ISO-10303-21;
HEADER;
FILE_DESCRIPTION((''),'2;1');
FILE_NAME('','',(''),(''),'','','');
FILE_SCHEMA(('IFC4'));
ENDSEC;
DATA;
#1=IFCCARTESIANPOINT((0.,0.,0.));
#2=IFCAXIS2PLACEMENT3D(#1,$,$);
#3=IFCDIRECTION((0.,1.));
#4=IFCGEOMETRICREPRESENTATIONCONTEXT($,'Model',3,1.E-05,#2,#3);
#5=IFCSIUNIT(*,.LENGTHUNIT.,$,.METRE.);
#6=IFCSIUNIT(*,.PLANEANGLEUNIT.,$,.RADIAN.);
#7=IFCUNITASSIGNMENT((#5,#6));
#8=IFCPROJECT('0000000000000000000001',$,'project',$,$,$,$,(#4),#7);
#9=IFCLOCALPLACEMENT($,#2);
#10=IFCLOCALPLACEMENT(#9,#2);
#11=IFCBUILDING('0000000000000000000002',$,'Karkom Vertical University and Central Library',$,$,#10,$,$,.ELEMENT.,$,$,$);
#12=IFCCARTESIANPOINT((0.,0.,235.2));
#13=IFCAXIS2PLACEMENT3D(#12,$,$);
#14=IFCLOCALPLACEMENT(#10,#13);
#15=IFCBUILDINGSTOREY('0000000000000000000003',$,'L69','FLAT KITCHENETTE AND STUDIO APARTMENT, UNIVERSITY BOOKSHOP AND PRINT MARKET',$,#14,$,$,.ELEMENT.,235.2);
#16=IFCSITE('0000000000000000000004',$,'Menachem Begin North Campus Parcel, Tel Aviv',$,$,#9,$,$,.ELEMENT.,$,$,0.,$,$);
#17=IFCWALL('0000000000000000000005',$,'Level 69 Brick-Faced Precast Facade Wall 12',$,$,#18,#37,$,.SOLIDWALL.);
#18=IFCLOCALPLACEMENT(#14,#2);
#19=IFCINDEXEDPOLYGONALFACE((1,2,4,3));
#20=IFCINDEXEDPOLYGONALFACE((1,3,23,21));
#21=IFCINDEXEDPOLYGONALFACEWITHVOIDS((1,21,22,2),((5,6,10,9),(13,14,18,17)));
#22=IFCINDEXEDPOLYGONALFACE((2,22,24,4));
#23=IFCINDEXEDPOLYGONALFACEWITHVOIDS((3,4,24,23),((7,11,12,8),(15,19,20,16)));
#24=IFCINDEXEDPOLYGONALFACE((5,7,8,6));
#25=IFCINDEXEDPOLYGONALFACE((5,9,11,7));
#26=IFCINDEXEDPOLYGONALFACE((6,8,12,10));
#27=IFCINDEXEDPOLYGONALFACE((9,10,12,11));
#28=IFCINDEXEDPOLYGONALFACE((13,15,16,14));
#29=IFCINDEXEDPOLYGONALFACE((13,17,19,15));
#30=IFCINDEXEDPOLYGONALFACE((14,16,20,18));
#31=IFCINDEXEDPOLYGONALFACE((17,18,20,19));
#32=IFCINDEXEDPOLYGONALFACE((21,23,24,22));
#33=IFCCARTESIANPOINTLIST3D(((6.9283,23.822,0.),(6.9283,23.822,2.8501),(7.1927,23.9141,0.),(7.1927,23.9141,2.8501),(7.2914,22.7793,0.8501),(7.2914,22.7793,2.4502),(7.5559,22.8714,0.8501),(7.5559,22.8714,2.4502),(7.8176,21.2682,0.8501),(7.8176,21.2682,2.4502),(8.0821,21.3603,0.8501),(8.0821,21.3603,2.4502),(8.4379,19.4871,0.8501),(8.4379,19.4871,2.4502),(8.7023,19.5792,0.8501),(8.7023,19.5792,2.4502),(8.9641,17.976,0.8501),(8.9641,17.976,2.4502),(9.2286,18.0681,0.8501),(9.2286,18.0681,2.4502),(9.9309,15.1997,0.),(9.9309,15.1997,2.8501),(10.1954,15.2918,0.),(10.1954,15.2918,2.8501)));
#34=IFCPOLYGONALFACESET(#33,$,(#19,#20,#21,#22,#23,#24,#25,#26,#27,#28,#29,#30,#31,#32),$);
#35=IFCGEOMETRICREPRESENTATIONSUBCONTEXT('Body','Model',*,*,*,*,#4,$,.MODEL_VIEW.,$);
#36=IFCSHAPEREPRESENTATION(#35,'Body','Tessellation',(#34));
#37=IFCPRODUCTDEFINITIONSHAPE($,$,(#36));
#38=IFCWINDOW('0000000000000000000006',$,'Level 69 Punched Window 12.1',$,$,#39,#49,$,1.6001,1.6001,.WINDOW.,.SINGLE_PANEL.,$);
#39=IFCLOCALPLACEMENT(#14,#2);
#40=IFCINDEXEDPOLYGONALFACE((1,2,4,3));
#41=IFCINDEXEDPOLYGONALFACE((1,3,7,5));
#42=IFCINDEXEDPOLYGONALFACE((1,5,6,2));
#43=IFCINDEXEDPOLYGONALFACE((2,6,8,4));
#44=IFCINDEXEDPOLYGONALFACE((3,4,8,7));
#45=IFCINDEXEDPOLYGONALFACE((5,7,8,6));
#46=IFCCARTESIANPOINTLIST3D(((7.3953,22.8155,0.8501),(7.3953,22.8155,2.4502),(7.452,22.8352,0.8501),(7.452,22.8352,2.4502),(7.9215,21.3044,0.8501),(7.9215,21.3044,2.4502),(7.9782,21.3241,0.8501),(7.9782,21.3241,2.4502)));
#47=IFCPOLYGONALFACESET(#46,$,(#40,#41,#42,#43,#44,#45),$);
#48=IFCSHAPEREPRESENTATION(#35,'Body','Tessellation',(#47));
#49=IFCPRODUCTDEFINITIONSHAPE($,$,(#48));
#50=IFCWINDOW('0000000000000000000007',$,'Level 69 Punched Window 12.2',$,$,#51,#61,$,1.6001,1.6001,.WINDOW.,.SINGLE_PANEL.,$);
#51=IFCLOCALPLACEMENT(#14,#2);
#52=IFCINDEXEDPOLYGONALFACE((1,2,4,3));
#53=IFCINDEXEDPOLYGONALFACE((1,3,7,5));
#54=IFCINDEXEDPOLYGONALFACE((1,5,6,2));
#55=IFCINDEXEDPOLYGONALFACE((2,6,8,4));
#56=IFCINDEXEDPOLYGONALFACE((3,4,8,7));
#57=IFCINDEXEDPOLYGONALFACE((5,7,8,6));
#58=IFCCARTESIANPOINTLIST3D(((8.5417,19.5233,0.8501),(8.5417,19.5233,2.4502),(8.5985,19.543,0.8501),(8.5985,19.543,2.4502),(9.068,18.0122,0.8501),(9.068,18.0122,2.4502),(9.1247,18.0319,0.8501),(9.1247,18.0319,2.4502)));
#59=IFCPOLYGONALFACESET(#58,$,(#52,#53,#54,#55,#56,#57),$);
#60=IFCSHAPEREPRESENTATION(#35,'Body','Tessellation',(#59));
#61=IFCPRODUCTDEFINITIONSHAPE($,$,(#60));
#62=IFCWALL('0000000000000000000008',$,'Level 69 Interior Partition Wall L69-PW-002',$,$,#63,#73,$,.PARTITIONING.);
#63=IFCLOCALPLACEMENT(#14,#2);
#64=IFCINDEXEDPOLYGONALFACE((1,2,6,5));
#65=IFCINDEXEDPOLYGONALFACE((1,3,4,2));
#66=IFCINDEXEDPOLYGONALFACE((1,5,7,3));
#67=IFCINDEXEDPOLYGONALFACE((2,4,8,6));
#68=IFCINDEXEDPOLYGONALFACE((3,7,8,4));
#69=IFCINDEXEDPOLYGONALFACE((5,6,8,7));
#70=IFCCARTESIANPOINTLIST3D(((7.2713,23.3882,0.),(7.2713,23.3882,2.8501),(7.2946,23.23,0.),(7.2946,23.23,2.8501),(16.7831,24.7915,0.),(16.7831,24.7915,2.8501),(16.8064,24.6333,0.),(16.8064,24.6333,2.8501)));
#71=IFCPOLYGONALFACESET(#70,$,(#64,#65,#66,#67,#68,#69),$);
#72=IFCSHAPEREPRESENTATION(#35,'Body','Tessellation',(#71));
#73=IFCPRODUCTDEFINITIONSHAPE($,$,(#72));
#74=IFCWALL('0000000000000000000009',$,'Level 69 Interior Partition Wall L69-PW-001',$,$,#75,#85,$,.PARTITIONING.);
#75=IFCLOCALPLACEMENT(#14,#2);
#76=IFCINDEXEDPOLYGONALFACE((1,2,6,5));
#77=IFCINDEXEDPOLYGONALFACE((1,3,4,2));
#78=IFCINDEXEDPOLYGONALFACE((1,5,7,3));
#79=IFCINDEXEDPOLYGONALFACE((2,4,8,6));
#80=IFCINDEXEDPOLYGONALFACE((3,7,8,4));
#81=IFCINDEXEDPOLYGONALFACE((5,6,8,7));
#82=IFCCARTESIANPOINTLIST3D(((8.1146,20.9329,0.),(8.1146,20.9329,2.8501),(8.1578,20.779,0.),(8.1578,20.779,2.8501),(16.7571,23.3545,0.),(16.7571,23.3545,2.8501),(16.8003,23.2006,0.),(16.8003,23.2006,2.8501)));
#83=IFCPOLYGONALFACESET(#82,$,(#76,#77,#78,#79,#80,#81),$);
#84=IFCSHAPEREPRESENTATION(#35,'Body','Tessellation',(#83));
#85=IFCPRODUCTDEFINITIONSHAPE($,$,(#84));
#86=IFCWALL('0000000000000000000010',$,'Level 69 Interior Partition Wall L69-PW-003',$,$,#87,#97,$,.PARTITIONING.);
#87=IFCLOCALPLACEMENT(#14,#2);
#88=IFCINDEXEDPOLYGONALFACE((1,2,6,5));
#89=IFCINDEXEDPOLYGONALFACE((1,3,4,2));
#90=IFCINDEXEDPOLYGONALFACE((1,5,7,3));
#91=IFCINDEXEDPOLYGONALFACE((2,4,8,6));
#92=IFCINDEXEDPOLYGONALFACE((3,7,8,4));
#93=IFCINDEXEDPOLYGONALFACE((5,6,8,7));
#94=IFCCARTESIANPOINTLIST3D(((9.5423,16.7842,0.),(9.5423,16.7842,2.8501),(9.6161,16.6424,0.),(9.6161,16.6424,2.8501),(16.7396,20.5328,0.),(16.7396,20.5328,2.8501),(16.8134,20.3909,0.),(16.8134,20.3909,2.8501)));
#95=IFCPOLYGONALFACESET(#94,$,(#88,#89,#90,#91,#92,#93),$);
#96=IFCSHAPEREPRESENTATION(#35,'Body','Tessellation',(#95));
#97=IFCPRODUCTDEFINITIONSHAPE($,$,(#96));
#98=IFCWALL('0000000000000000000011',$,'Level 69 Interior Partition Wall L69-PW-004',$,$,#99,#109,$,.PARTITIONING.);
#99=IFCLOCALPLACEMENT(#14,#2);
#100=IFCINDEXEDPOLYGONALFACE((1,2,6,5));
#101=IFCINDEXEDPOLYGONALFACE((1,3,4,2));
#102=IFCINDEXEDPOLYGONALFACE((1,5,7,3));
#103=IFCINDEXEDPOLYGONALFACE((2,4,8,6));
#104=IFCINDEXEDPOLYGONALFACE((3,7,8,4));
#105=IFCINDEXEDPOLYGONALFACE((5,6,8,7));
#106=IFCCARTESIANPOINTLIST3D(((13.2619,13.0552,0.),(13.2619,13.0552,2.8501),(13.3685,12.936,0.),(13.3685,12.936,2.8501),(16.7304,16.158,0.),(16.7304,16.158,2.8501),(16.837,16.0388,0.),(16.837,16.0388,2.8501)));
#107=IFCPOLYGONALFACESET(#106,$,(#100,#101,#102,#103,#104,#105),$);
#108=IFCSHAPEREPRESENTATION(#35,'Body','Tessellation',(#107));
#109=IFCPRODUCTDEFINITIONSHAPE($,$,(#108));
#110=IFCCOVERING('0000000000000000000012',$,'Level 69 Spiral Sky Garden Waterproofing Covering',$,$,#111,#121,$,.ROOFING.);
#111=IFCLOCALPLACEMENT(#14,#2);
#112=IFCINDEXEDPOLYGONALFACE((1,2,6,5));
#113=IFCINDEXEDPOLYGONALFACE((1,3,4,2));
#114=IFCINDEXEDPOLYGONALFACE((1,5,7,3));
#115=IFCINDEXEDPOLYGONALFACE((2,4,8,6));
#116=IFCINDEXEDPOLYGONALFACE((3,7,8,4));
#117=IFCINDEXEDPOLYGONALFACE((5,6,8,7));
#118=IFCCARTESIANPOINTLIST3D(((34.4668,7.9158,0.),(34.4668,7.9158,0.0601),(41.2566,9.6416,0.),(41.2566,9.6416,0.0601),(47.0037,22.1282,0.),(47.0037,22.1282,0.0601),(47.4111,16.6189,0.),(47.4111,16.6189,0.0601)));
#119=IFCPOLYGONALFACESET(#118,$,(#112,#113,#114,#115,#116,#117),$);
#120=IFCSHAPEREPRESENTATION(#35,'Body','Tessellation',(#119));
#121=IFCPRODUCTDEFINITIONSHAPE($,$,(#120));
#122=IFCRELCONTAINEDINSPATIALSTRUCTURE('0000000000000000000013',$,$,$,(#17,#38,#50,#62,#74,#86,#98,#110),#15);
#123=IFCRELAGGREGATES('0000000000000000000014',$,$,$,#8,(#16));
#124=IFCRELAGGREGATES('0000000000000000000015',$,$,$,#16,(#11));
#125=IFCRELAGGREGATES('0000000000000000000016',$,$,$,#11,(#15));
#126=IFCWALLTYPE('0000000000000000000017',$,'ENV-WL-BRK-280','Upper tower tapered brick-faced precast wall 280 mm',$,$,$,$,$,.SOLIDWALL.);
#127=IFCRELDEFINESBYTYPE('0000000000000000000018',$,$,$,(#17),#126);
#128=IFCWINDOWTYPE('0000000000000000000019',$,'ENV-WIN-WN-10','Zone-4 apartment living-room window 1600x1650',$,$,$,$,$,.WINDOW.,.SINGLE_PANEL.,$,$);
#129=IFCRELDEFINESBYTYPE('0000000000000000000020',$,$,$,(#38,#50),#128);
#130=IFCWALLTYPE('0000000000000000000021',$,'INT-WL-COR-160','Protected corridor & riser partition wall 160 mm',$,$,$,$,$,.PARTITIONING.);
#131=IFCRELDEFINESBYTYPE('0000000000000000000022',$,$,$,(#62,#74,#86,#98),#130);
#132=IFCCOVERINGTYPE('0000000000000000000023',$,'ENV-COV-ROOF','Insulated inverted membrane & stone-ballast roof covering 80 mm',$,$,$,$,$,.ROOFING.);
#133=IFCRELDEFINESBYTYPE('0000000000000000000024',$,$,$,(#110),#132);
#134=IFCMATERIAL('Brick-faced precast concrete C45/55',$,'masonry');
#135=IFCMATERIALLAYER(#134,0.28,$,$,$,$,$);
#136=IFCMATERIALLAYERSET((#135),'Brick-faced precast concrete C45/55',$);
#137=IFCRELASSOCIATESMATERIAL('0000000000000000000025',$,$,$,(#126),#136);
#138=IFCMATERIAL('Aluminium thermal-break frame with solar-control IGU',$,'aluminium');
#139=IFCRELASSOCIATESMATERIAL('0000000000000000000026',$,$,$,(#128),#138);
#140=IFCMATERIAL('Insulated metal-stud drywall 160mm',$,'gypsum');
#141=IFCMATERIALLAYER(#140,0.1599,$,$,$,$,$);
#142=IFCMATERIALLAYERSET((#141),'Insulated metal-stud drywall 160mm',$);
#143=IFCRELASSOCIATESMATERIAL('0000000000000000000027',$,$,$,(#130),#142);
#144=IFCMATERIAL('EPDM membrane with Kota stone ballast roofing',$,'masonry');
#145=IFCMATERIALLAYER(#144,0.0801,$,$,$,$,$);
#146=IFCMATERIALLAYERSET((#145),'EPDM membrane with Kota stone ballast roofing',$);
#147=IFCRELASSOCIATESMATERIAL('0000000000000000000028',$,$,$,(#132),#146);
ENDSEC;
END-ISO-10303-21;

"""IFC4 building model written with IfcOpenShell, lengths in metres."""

from ifc_helpers import new_model, si_unit, direction, frame, frame_2d, origin, origin_with_axes, place, context, subcontext, project, spatial, polyline, rectangle, outline, extrude, source, transform, mapped, material, layer, layer_set, type_object, element, fill, save


model = new_model("IFC4")

# Units and contexts
model_context = context("Model", 3, precision=1e-05, world=origin(), true_north=direction((0.0, 1.0)))
body_context = subcontext(model_context, "Body", "Model", "MODEL_VIEW")
ifc_project = project(units=[si_unit("LENGTHUNIT", "METRE"), si_unit("PLANEANGLEUNIT", "RADIAN")], contexts=[model_context])

# Site, building, storey
site_placement = place(None, origin())
site = spatial("IfcSite", under=ifc_project, at=site_placement, Name="Menachem Begin North Campus Parcel, Tel Aviv", CompositionType="ELEMENT", RefElevation=0.0)
building_placement = place(site_placement, origin())
building = spatial("IfcBuilding", under=site, at=building_placement, Name="Karkom Vertical University and Central Library", CompositionType="ELEMENT")
storey_placement = place(building_placement, frame((0.0, 0.0, 235.2)))
storey = spatial("IfcBuildingStorey", under=building, at=storey_placement, Name="L69", Description="FLAT KITCHENETTE AND STUDIO APARTMENT, UNIVERSITY BOOKSHOP AND PRINT MARKET", CompositionType="ELEMENT", Elevation=235.2)

# Wall, openings, windows
ifc_material_1 = material(Name="Brick-faced precast concrete C45/55", Category="masonry")
ifc_layer_1 = layer(ifc_material_1, 0.28)
ifc_layer_set_1 = layer_set([ifc_layer_1], Name="Brick-faced precast concrete C45/55")
wall_type_1 = type_object("IfcWallType", Name="ENV-WL-BRK-280", Description="Upper tower tapered brick-faced precast wall 280 mm", PredefinedType="SOLIDWALL", material=ifc_layer_set_1)
ifc_material_2 = material(Name="Aluminium thermal-break frame with solar-control IGU", Category="aluminium")
window_type = type_object("IfcWindowType", Name="ENV-WIN-WN-10", Description="Zone-4 apartment living-room window 1600x1650", PartitioningType="SINGLE_PANEL", PredefinedType="WINDOW", material=ifc_material_2)
shared_shape_1 = source(origin_with_axes(), body_context, "Body", "SweptSolid", [
    extrude(rectangle(XDim=1.6001, YDim=1.6001, at=frame_2d((0.8, 0.8))), frame((0.0, 0.03, 0.0), z_axis=(0.0, -1.0, 0.0), x_axis=(1.0, 0.0, 0.0)), (0.0, 0.0, 1.0), 0.0601),
])
wall_1_placement = place(storey_placement, frame((7.0605, 23.8679, 0.0), z_axis=(0.0, 0.0, 1.0), x_axis=(0.328874, -0.944374, 0.0)))
wall_1 = element("IfcWall", 1, at=wall_1_placement, inside=storey, type_object=wall_type_1, Name="Level 69 Brick-Faced Precast Facade Wall 12", PredefinedType="SOLIDWALL", context=body_context, shape_type="SweptSolid", body=[
    extrude(rectangle(XDim=9.1301, YDim=0.28, at=frame_2d((4.5649, 0.0))), origin(), (0.0, 0.0, 1.0), 2.8501),
])
opening_1_placement = place(wall_1_placement, frame((1.104, 0.0, 0.8501)))
opening_1 = element("IfcOpeningElement", 2, at=opening_1_placement, cuts=wall_1, PredefinedType="OPENING", context=body_context, shape_type="SweptSolid", body=[
    extrude(rectangle(XDim=1.6001, YDim=1.6001, at=frame_2d((0.8, 0.8))), frame((0.0, 0.1499, 0.0), z_axis=(0.0, -1.0, 0.0), x_axis=(1.0, 0.0, 0.0)), (0.0, 0.0, 1.0), 0.3),
])
opening_2_placement = place(wall_1_placement, frame((4.5901, 0.0, 0.8501)))
opening_2 = element("IfcOpeningElement", 3, at=opening_2_placement, cuts=wall_1, PredefinedType="OPENING", context=body_context, shape_type="SweptSolid", body=[
    extrude(rectangle(XDim=1.6001, YDim=1.6001, at=frame_2d((0.8, 0.8))), frame((0.0, 0.1499, 0.0), z_axis=(0.0, -1.0, 0.0), x_axis=(1.0, 0.0, 0.0)), (0.0, 0.0, 1.0), 0.3),
])
window_1_placement = place(opening_1_placement, origin())
window_1 = element("IfcWindow", 4, at=window_1_placement, inside=storey, type_object=window_type, Name="Level 69 Punched Window 12.1", OverallHeight=1.6001, OverallWidth=1.6001, PartitioningType="SINGLE_PANEL", PredefinedType="WINDOW", context=body_context, shape_type="MappedRepresentation", body=[
    mapped(shared_shape_1, transform((0.0, 0.0, 0.0), scale=1.0)),
])
fill(opening_1, window_1)
window_2_placement = place(opening_2_placement, origin())
window_2 = element("IfcWindow", 5, at=window_2_placement, inside=storey, type_object=window_type, Name="Level 69 Punched Window 12.2", OverallHeight=1.6001, OverallWidth=1.6001, PartitioningType="SINGLE_PANEL", PredefinedType="WINDOW", context=body_context, shape_type="MappedRepresentation", body=[
    mapped(shared_shape_1, transform((0.0, 0.0, 0.0), scale=1.0)),
])
fill(opening_2, window_2)

# Shared definitions
ifc_material_3 = material(Name="Insulated metal-stud drywall 160mm", Category="gypsum")
ifc_layer_2 = layer(ifc_material_3, 0.1599)
ifc_layer_set_2 = layer_set([ifc_layer_2], Name="Insulated metal-stud drywall 160mm")
wall_type_2 = type_object("IfcWallType", Name="INT-WL-COR-160", Description="Protected corridor & riser partition wall 160 mm", PredefinedType="PARTITIONING", material=ifc_layer_set_2)

# Walls
wall_2_placement = place(storey_placement, frame((7.283, 23.3091, 0.0), z_axis=(0.0, 0.0, 1.0), x_axis=(0.989291, 0.145956, 0.0)))
element("IfcWall", 6, at=wall_2_placement, inside=storey, type_object=wall_type_2, Name="Level 69 Interior Partition Wall L69-PW-002", PredefinedType="PARTITIONING", context=body_context, shape_type="SweptSolid", body=[
    extrude(rectangle(XDim=9.6147, YDim=0.1599, at=frame_2d((4.8074, 0.0))), origin(), (0.0, 0.0, 1.0), 2.8501),
])
wall_3_placement = place(storey_placement, frame((16.7788, 23.2776, 0.0), z_axis=(0.0, 0.0, 1.0), x_axis=(-0.962915, -0.269806, 0.0)))
element("IfcWall", 7, at=wall_3_placement, inside=storey, type_object=wall_type_2, Name="Level 69 Interior Partition Wall L69-PW-001", PredefinedType="PARTITIONING", context=body_context, shape_type="SweptSolid", body=[
    extrude(rectangle(XDim=8.9753, YDim=0.1599, at=frame_2d((4.4878, 0.0))), origin(), (0.0, 0.0, 1.0), 2.8501),
])
wall_4_placement = place(storey_placement, frame((16.7766, 20.4619, 0.0), z_axis=(0.0, 0.0, 1.0), x_axis=(-0.886916, -0.46193, 0.0)))
element("IfcWall", 8, at=wall_4_placement, inside=storey, type_object=wall_type_2, Name="Level 69 Interior Partition Wall L69-PW-003", PredefinedType="PARTITIONING", context=body_context, shape_type="SweptSolid", body=[
    extrude(rectangle(XDim=8.115, YDim=0.1599, at=frame_2d((4.0576, 0.0))), origin(), (0.0, 0.0, 1.0), 2.8501),
])
wall_5_placement = place(storey_placement, frame((16.7837, 16.0984, 0.0), z_axis=(0.0, 0.0, 1.0), x_axis=(-0.745307, -0.666721, 0.0)))
element("IfcWall", 9, at=wall_5_placement, inside=storey, type_object=wall_type_2, Name="Level 69 Interior Partition Wall L69-PW-004", PredefinedType="PARTITIONING", context=body_context, shape_type="SweptSolid", body=[
    extrude(rectangle(XDim=4.6538, YDim=0.1599, at=frame_2d((2.3269, 0.0))), origin(), (0.0, 0.0, 1.0), 2.8501),
])

# Covering
ifc_material_4 = material(Name="EPDM membrane with Kota stone ballast roofing", Category="masonry")
ifc_layer_3 = layer(ifc_material_4, 0.0801)
ifc_layer_set_3 = layer_set([ifc_layer_3], Name="EPDM membrane with Kota stone ballast roofing")
covering_type = type_object("IfcCoveringType", Name="ENV-COV-ROOF", Description="Insulated inverted membrane & stone-ballast roof covering 80 mm", PredefinedType="ROOFING", material=ifc_layer_set_3)
covering_placement = place(storey_placement, origin())
element("IfcCovering", 10, at=covering_placement, inside=storey, type_object=covering_type, Name="Level 69 Spiral Sky Garden Waterproofing Covering", PredefinedType="ROOFING", context=body_context, shape_type="SweptSolid", body=[
    extrude(outline(polyline([(34.4668, 7.9158), (41.2566, 9.6416), (47.4111, 16.6189), (47.0037, 22.1282), (34.4668, 7.9158)])), origin(), (0.0, 0.0, 1.0), 0.0601),
])

save(model, "model.ifc")
